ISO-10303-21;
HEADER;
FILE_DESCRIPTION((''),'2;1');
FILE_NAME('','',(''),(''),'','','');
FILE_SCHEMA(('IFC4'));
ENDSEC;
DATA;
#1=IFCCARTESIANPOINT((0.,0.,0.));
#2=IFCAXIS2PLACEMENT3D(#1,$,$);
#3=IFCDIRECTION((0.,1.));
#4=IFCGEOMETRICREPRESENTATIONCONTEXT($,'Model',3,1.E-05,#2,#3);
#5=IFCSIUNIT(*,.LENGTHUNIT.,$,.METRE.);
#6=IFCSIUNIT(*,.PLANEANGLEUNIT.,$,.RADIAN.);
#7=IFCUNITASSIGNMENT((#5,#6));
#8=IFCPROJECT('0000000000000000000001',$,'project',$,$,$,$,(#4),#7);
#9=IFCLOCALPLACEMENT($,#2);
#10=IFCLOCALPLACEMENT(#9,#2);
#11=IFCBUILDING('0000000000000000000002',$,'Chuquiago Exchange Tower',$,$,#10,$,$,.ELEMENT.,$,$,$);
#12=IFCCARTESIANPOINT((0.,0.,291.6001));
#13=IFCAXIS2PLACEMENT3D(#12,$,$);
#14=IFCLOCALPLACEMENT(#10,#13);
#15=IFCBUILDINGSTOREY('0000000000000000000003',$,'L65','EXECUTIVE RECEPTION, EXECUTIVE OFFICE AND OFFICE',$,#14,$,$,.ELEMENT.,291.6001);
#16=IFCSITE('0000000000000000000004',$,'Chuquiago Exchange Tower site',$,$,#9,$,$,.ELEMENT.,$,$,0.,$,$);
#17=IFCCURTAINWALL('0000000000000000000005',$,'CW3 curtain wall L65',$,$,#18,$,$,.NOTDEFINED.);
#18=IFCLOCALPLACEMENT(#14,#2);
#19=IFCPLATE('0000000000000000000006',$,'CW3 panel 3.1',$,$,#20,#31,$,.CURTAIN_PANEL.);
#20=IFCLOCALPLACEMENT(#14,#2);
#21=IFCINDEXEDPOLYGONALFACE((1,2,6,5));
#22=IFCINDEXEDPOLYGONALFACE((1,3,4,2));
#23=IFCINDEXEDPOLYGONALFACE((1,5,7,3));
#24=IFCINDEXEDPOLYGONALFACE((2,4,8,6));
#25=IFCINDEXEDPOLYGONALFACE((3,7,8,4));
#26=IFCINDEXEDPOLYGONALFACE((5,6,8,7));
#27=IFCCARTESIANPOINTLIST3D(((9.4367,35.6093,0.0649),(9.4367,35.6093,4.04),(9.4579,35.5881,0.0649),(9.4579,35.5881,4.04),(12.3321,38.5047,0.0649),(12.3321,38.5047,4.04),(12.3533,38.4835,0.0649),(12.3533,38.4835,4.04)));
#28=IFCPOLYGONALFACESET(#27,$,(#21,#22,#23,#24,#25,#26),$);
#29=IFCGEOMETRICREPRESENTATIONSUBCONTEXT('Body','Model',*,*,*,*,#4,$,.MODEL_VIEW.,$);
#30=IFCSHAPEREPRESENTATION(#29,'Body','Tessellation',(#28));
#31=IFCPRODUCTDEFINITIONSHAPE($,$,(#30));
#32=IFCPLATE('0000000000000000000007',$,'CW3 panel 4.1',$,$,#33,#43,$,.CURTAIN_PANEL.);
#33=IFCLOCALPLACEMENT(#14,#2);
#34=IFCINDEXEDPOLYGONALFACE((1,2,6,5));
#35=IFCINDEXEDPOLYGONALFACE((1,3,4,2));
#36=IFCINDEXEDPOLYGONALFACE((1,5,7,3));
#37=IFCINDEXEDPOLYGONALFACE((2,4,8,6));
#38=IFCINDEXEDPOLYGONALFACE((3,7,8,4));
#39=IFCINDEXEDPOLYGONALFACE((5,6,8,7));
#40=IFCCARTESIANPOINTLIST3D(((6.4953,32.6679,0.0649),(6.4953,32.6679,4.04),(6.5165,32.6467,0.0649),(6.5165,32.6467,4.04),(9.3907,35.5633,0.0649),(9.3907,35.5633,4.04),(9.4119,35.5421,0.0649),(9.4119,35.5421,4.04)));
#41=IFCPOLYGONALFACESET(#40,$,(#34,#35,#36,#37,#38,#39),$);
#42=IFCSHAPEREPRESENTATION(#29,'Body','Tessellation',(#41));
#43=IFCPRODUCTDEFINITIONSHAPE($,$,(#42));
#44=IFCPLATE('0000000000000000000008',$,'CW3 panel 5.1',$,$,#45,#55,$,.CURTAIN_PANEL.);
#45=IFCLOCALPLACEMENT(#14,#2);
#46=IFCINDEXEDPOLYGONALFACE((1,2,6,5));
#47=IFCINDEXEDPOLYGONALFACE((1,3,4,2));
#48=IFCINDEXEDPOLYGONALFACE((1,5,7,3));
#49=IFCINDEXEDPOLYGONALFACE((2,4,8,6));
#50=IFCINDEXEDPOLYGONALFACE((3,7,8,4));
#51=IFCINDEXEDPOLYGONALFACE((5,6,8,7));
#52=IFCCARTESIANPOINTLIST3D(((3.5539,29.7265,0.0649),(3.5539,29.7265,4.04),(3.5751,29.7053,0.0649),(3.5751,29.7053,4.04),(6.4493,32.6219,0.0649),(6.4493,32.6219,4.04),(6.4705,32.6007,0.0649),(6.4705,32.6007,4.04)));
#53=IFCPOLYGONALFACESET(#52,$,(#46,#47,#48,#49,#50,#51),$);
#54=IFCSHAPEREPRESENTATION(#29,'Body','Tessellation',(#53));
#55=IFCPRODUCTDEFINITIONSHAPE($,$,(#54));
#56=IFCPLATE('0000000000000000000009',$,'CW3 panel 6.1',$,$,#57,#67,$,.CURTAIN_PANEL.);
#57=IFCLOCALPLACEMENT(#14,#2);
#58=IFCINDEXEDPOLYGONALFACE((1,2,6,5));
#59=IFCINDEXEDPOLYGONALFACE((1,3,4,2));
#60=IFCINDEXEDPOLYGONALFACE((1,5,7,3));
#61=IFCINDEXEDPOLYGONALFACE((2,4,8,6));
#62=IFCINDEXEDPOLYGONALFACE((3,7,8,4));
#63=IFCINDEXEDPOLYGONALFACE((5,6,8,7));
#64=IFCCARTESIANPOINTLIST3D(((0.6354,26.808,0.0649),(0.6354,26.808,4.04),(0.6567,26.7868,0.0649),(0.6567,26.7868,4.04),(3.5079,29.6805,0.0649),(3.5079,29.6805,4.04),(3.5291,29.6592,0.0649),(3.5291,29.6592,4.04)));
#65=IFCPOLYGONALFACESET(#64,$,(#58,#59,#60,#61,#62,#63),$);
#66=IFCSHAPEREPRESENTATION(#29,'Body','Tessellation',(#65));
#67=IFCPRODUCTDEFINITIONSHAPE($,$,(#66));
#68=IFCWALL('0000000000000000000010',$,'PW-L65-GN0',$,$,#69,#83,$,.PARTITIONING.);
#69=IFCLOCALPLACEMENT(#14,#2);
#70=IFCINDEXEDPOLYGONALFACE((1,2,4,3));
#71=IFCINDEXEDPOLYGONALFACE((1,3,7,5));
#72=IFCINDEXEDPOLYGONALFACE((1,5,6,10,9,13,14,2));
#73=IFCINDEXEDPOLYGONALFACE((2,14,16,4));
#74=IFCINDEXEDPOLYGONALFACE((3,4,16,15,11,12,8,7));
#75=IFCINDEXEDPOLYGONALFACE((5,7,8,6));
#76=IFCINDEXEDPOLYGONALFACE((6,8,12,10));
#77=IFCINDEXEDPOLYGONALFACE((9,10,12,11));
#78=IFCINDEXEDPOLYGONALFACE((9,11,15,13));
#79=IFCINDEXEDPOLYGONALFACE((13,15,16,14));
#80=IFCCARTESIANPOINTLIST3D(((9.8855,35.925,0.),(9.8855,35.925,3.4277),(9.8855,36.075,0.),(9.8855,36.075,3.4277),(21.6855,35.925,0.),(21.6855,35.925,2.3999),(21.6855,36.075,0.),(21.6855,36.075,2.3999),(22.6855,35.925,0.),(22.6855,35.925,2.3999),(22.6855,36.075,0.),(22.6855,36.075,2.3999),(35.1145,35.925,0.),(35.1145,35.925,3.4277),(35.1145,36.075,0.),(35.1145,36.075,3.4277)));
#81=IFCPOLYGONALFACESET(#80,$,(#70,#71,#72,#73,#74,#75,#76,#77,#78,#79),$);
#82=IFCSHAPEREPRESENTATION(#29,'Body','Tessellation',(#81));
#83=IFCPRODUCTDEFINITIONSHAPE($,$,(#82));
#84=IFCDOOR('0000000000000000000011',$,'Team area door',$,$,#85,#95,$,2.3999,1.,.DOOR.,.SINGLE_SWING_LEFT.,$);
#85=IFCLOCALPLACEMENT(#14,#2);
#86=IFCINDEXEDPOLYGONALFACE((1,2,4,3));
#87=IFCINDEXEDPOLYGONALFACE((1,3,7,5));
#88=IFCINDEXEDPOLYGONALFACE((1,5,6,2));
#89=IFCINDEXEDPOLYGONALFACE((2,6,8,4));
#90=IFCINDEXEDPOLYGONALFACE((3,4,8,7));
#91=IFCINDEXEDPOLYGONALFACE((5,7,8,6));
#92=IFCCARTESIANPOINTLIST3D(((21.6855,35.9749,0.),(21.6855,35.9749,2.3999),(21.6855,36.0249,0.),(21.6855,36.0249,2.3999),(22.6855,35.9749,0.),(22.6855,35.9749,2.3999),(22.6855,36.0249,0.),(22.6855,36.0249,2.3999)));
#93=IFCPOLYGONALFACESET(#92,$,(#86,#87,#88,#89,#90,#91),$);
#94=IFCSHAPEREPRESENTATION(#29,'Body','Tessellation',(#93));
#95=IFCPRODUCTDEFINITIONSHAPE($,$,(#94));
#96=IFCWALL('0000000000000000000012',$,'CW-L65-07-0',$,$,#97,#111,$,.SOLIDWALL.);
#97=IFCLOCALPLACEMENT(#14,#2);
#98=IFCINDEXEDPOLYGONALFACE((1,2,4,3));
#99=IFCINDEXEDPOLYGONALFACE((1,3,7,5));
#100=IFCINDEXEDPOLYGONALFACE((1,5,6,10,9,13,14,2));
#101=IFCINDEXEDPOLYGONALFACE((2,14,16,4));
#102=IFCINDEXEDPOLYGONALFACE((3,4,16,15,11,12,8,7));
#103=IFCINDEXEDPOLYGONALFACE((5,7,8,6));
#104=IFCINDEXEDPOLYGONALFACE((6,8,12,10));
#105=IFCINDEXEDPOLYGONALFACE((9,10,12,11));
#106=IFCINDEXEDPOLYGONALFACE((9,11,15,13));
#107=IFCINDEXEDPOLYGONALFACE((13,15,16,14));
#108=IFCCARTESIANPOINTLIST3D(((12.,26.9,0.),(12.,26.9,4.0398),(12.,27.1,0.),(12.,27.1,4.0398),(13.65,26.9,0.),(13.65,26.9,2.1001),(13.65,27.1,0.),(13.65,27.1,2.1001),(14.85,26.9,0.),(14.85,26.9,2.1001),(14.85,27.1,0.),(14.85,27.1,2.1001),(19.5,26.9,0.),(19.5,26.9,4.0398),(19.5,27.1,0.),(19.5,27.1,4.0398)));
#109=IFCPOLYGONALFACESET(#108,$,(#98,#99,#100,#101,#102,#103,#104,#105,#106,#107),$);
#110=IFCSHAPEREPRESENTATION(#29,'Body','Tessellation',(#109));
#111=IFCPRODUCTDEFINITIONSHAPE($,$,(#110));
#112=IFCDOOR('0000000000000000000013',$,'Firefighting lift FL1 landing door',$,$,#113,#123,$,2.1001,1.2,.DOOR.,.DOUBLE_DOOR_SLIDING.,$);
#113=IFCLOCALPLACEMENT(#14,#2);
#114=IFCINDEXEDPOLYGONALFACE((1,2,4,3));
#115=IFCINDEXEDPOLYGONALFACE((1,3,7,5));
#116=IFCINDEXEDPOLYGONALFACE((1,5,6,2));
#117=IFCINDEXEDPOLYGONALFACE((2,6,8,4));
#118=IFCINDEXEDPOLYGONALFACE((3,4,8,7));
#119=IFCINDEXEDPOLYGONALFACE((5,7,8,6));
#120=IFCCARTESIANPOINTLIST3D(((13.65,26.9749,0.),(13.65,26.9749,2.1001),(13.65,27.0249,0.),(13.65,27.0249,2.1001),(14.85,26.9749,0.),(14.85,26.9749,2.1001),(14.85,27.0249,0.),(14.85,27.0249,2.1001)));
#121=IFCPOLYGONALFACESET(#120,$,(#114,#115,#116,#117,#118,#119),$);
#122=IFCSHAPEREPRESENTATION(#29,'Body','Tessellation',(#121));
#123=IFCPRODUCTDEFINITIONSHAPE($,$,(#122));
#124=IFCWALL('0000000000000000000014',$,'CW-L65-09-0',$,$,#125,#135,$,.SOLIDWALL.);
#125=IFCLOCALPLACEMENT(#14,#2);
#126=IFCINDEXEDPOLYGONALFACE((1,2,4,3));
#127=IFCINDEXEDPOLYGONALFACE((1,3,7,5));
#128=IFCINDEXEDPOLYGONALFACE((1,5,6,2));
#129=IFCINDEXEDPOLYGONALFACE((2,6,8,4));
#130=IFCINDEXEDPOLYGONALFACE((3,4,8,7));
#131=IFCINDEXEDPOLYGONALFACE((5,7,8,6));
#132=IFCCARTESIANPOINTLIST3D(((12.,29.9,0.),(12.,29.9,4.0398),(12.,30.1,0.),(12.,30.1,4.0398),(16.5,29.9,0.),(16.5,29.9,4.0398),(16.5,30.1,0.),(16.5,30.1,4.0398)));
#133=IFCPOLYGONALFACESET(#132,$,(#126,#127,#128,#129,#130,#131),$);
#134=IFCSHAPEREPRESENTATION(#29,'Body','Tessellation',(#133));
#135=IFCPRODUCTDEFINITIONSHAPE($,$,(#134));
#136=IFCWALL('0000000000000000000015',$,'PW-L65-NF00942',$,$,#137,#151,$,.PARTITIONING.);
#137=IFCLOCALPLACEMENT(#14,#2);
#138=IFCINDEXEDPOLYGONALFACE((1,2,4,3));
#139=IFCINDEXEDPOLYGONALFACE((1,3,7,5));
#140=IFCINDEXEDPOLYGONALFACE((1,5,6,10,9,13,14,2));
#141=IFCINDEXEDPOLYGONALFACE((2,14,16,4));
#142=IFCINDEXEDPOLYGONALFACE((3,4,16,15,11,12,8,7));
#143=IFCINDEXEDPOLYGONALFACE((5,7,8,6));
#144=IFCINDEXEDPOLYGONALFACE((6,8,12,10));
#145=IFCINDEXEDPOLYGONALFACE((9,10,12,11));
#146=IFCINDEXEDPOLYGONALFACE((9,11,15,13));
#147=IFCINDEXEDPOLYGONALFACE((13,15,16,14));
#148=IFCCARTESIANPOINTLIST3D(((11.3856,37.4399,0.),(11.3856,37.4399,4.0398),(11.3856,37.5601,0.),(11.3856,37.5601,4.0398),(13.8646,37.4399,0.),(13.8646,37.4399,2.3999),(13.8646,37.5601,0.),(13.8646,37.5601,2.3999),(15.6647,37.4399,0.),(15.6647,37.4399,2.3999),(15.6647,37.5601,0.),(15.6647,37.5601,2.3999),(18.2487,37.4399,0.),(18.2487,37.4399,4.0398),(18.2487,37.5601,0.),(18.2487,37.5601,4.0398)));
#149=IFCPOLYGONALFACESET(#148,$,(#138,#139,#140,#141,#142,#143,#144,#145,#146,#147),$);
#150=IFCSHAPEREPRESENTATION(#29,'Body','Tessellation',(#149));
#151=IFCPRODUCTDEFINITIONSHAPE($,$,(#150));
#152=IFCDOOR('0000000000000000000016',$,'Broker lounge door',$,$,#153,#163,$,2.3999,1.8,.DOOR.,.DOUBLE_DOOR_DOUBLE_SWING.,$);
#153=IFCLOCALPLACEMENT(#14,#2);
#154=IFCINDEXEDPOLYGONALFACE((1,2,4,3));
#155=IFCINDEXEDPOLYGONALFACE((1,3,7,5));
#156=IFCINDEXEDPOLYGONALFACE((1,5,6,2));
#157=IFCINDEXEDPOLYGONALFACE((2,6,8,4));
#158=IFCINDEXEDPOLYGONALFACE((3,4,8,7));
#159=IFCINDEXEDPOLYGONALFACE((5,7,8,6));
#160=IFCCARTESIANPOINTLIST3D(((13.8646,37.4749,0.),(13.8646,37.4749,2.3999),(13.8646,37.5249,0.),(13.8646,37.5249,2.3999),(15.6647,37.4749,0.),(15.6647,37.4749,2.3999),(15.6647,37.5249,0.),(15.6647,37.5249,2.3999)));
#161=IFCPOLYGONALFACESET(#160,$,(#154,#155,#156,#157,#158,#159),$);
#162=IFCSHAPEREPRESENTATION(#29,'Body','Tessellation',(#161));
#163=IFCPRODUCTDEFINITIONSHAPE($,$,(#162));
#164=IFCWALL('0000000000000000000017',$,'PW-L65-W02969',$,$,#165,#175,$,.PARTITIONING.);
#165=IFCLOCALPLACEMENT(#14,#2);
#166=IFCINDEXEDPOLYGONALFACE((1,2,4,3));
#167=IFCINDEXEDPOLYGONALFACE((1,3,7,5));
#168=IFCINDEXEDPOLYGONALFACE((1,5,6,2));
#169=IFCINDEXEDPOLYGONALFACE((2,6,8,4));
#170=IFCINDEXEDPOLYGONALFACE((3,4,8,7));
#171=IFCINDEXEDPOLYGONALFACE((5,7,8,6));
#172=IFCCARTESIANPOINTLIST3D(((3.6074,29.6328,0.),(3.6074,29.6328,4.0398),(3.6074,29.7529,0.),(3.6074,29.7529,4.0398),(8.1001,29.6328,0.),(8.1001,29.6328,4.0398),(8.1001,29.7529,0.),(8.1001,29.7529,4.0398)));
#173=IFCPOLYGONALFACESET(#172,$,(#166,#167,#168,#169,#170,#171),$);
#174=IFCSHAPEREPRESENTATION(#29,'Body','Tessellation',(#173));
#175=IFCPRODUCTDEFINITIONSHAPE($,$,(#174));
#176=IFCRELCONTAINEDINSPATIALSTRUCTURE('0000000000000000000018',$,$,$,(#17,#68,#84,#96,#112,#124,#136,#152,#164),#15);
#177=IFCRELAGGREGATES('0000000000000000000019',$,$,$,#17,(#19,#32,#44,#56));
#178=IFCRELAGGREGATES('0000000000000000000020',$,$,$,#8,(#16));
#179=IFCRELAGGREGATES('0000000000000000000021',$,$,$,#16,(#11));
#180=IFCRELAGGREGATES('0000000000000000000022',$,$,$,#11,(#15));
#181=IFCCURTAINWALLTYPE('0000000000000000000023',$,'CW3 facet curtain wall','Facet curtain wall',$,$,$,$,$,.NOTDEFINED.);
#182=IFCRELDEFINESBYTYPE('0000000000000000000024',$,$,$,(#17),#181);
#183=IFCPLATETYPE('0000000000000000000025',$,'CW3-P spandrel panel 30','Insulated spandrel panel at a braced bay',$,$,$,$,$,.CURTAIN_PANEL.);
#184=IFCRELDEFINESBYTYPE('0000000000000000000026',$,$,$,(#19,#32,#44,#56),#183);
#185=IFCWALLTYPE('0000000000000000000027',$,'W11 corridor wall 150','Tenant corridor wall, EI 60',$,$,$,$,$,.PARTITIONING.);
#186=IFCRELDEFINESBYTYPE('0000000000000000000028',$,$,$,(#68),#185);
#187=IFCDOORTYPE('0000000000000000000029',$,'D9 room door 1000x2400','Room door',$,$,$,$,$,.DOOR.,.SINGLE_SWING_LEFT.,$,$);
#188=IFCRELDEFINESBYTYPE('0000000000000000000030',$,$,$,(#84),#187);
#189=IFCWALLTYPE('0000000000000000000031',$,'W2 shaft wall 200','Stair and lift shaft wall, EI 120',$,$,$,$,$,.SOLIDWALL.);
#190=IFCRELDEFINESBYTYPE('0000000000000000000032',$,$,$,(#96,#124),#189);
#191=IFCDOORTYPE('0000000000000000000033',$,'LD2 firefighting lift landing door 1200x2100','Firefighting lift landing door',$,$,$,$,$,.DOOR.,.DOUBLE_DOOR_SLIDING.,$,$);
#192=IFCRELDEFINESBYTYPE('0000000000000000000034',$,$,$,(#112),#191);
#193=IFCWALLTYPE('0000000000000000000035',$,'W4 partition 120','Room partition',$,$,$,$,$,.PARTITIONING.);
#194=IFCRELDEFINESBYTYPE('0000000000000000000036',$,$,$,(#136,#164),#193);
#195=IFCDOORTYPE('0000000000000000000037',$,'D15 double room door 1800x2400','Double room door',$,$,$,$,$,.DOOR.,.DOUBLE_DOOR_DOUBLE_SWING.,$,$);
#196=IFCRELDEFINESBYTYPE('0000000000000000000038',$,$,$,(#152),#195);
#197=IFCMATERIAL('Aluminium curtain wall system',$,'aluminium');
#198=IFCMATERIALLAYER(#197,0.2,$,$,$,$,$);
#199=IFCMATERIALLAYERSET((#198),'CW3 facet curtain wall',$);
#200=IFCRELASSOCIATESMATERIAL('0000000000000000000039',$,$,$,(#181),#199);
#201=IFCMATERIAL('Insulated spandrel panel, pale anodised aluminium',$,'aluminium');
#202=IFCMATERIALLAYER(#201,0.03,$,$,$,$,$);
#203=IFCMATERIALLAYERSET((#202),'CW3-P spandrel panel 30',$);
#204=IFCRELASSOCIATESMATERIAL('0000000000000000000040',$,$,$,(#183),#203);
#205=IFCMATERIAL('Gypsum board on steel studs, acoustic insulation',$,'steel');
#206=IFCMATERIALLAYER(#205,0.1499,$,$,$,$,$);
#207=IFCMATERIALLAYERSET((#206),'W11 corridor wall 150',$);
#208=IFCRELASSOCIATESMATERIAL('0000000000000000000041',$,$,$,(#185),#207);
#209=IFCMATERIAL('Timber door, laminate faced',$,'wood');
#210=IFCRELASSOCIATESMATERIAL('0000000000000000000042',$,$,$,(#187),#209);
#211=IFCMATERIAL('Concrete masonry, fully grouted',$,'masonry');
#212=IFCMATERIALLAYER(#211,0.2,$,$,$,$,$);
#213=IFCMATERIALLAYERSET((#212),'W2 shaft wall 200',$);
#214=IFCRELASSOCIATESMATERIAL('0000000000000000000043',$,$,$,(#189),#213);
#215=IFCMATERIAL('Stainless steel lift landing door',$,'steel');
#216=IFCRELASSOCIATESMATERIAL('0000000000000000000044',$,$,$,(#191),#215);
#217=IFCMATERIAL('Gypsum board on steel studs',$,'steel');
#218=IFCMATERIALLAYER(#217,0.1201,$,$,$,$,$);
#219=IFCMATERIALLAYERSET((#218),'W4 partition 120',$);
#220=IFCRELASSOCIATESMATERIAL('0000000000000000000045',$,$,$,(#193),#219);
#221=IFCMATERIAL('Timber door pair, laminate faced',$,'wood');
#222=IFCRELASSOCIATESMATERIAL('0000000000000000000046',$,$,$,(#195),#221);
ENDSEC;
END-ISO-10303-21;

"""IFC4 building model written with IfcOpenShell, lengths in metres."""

from ifc_helpers import new_model, si_unit, direction, frame, frame_2d, origin, origin_2d, place, context, subcontext, project, spatial, rectangle, extrude, material, layer, layer_set, type_object, element, fill, aggregate, save


model = new_model("IFC4")

# Units and contexts
model_context = context("Model", 3, precision=1e-05, world=origin(), true_north=direction((0.0, 1.0)))
body_context = subcontext(model_context, "Body", "Model", "MODEL_VIEW")
ifc_project = project(units=[si_unit("LENGTHUNIT", "METRE"), si_unit("PLANEANGLEUNIT", "RADIAN")], contexts=[model_context])

# Site, building, storey
site_placement = place(None, origin())
site = spatial("IfcSite", under=ifc_project, at=site_placement, Name="Chuquiago Exchange Tower site", CompositionType="ELEMENT", RefElevation=0.0)
building_placement = place(site_placement, origin())
building = spatial("IfcBuilding", under=site, at=building_placement, Name="Chuquiago Exchange Tower", CompositionType="ELEMENT")
storey_placement = place(building_placement, frame((0.0, 0.0, 291.6001)))
storey = spatial("IfcBuildingStorey", under=building, at=storey_placement, Name="L65", Description="EXECUTIVE RECEPTION, EXECUTIVE OFFICE AND OFFICE", CompositionType="ELEMENT", Elevation=291.6001)

# Curtain wall
ifc_material_1 = material(Name="Aluminium curtain wall system", Category="aluminium")
ifc_layer_1 = layer(ifc_material_1, 0.2)
ifc_layer_set_1 = layer_set([ifc_layer_1], Name="CW3 facet curtain wall")
curtain_wall_type = type_object("IfcCurtainWallType", Name="CW3 facet curtain wall", Description="Facet curtain wall", PredefinedType="NOTDEFINED", material=ifc_layer_set_1)
curtain_wall_placement = place(storey_placement, origin())
curtain_wall = element("IfcCurtainWall", 1, at=curtain_wall_placement, inside=storey, type_object=curtain_wall_type, Name="CW3 curtain wall L65", PredefinedType="NOTDEFINED")

# Plates
ifc_material_2 = material(Name="Insulated spandrel panel, pale anodised aluminium", Category="aluminium")
ifc_layer_2 = layer(ifc_material_2, 0.03)
ifc_layer_set_2 = layer_set([ifc_layer_2], Name="CW3-P spandrel panel 30")
plate_type = type_object("IfcPlateType", Name="CW3-P spandrel panel 30", Description="Insulated spandrel panel at a braced bay", PredefinedType="CURTAIN_PANEL", material=ifc_layer_set_2)
plate_1_placement = place(storey_placement, frame((10.895, 37.0464, 0.0649), z_axis=(0.0, 0.0, 1.0), x_axis=(-0.707107, -0.707107, 0.0)))
plate_1 = element("IfcPlate", 2, at=plate_1_placement, type_object=plate_type, Name="CW3 panel 3.1", PredefinedType="CURTAIN_PANEL", context=body_context, shape_type="SweptSolid", body=[
    extrude(rectangle(XDim=4.0947, YDim=0.03, at=origin_2d()), origin(), (0.0, 0.0, 1.0), 3.9751),
])
plate_2_placement = place(storey_placement, frame((7.9536, 34.105, 0.0649), z_axis=(0.0, 0.0, 1.0), x_axis=(-0.707107, -0.707107, 0.0)))
plate_2 = element("IfcPlate", 3, at=plate_2_placement, type_object=plate_type, Name="CW3 panel 4.1", PredefinedType="CURTAIN_PANEL", context=body_context, shape_type="SweptSolid", body=[
    extrude(rectangle(XDim=4.0947, YDim=0.03, at=origin_2d()), origin(), (0.0, 0.0, 1.0), 3.9751),
])
plate_3_placement = place(storey_placement, frame((5.0122, 31.1636, 0.0649), z_axis=(0.0, 0.0, 1.0), x_axis=(-0.707107, -0.707107, 0.0)))
plate_3 = element("IfcPlate", 4, at=plate_3_placement, type_object=plate_type, Name="CW3 panel 5.1", PredefinedType="CURTAIN_PANEL", context=body_context, shape_type="SweptSolid", body=[
    extrude(rectangle(XDim=4.0947, YDim=0.03, at=origin_2d()), origin(), (0.0, 0.0, 1.0), 3.9751),
])
plate_4_placement = place(storey_placement, frame((2.0823, 28.2336, 0.0649), z_axis=(0.0, 0.0, 1.0), x_axis=(-0.707107, -0.707107, 0.0)))
plate_4 = element("IfcPlate", 5, at=plate_4_placement, type_object=plate_type, Name="CW3 panel 6.1", PredefinedType="CURTAIN_PANEL", context=body_context, shape_type="SweptSolid", body=[
    extrude(rectangle(XDim=4.0623, YDim=0.03, at=origin_2d()), origin(), (0.0, 0.0, 1.0), 3.9751),
])
aggregate(curtain_wall, [plate_1, plate_2, plate_3, plate_4])

# Walls, openings, doors
ifc_material_3 = material(Name="Gypsum board on steel studs, acoustic insulation", Category="steel")
ifc_layer_3 = layer(ifc_material_3, 0.1499)
ifc_layer_set_3 = layer_set([ifc_layer_3], Name="W11 corridor wall 150")
wall_type_1 = type_object("IfcWallType", Name="W11 corridor wall 150", Description="Tenant corridor wall, EI 60", PredefinedType="PARTITIONING", material=ifc_layer_set_3)
wall_1_placement = place(storey_placement, frame((9.8855, 36.0, 0.0), z_axis=(0.0, 0.0, 1.0), x_axis=(1.0, 0.0, 0.0)))
wall_1 = element("IfcWall", 6, at=wall_1_placement, inside=storey, type_object=wall_type_1, Name="PW-L65-GN0", PredefinedType="PARTITIONING", context=body_context, shape_type="SweptSolid", body=[
    extrude(rectangle(XDim=25.229, YDim=0.1499, at=frame_2d((12.6145, 0.0))), origin(), (0.0, 0.0, 1.0), 3.4277),
])
opening_1_placement = place(wall_1_placement, frame((11.8, 0.0, 0.0)))
opening_1 = element("IfcOpeningElement", 7, at=opening_1_placement, cuts=wall_1, PredefinedType="OPENING", context=body_context, shape_type="SweptSolid", body=[
    extrude(rectangle(XDim=1.0, YDim=2.3999, at=frame_2d((0.5, 1.2))), frame((0.0, 0.085, 0.0), z_axis=(0.0, -1.0, 0.0), x_axis=(1.0, 0.0, 0.0)), (0.0, 0.0, 1.0), 0.1699),
])
ifc_material_4 = material(Name="Timber door, laminate faced", Category="wood")
door_type_1 = type_object("IfcDoorType", Name="D9 room door 1000x2400", Description="Room door", OperationType="SINGLE_SWING_LEFT", PredefinedType="DOOR", material=ifc_material_4)
door_1_placement = place(opening_1_placement, origin())
door_1 = element("IfcDoor", 8, at=door_1_placement, inside=storey, type_object=door_type_1, Name="Team area door", OperationType="SINGLE_SWING_LEFT", OverallHeight=2.3999, OverallWidth=1.0, PredefinedType="DOOR", context=body_context, shape_type="SweptSolid", body=[
    extrude(rectangle(XDim=1.0, YDim=2.3999, at=frame_2d((0.5, 1.2))), frame((0.0, 0.0249, 0.0), z_axis=(0.0, -1.0, 0.0), x_axis=(1.0, 0.0, 0.0)), (0.0, 0.0, 1.0), 0.05),
])
fill(opening_1, door_1)
ifc_material_5 = material(Name="Concrete masonry, fully grouted", Category="masonry")
ifc_layer_4 = layer(ifc_material_5, 0.2)
ifc_layer_set_4 = layer_set([ifc_layer_4], Name="W2 shaft wall 200")
wall_type_2 = type_object("IfcWallType", Name="W2 shaft wall 200", Description="Stair and lift shaft wall, EI 120", PredefinedType="SOLIDWALL", material=ifc_layer_set_4)
wall_2_placement = place(storey_placement, frame((12.0, 27.0, 0.0), z_axis=(0.0, 0.0, 1.0), x_axis=(1.0, 0.0, 0.0)))
wall_2 = element("IfcWall", 9, at=wall_2_placement, inside=storey, type_object=wall_type_2, Name="CW-L65-07-0", PredefinedType="SOLIDWALL", context=body_context, shape_type="SweptSolid", body=[
    extrude(rectangle(XDim=7.5, YDim=0.2, at=frame_2d((3.75, 0.0))), origin(), (0.0, 0.0, 1.0), 4.0398),
])
opening_2_placement = place(wall_2_placement, frame((1.6499, 0.0, 0.0)))
opening_2 = element("IfcOpeningElement", 10, at=opening_2_placement, cuts=wall_2, PredefinedType="OPENING", context=body_context, shape_type="SweptSolid", body=[
    extrude(rectangle(XDim=1.2, YDim=2.1001, at=frame_2d((0.6001, 1.05))), frame((0.0, 0.1099, 0.0), z_axis=(0.0, -1.0, 0.0), x_axis=(1.0, 0.0, 0.0)), (0.0, 0.0, 1.0), 0.22),
])
ifc_material_6 = material(Name="Stainless steel lift landing door", Category="steel")
door_type_2 = type_object("IfcDoorType", Name="LD2 firefighting lift landing door 1200x2100", Description="Firefighting lift landing door", OperationType="DOUBLE_DOOR_SLIDING", PredefinedType="DOOR", material=ifc_material_6)
door_2_placement = place(opening_2_placement, origin())
door_2 = element("IfcDoor", 11, at=door_2_placement, inside=storey, type_object=door_type_2, Name="Firefighting lift FL1 landing door", OperationType="DOUBLE_DOOR_SLIDING", OverallHeight=2.1001, OverallWidth=1.2, PredefinedType="DOOR", context=body_context, shape_type="SweptSolid", body=[
    extrude(rectangle(XDim=1.2, YDim=2.1001, at=frame_2d((0.6001, 1.05))), frame((0.0, 0.0249, 0.0), z_axis=(0.0, -1.0, 0.0), x_axis=(1.0, 0.0, 0.0)), (0.0, 0.0, 1.0), 0.05),
])
fill(opening_2, door_2)

# Wall
wall_3_placement = place(storey_placement, frame((12.0, 30.0, 0.0), z_axis=(0.0, 0.0, 1.0), x_axis=(1.0, 0.0, 0.0)))
element("IfcWall", 12, at=wall_3_placement, inside=storey, type_object=wall_type_2, Name="CW-L65-09-0", PredefinedType="SOLIDWALL", context=body_context, shape_type="SweptSolid", body=[
    extrude(rectangle(XDim=4.5, YDim=0.2, at=frame_2d((2.25, 0.0))), origin(), (0.0, 0.0, 1.0), 4.0398),
])

# Wall, opening, door
ifc_material_7 = material(Name="Gypsum board on steel studs", Category="steel")
ifc_layer_5 = layer(ifc_material_7, 0.1201)
ifc_layer_set_5 = layer_set([ifc_layer_5], Name="W4 partition 120")
wall_type_3 = type_object("IfcWallType", Name="W4 partition 120", Description="Room partition", PredefinedType="PARTITIONING", material=ifc_layer_set_5)
wall_4_placement = place(storey_placement, frame((11.3855, 37.5, 0.0), z_axis=(0.0, 0.0, 1.0), x_axis=(1.0, 0.0, 0.0)))
wall_4 = element("IfcWall", 13, at=wall_4_placement, inside=storey, type_object=wall_type_3, Name="PW-L65-NF00942", PredefinedType="PARTITIONING", context=body_context, shape_type="SweptSolid", body=[
    extrude(rectangle(XDim=6.863, YDim=0.1201, at=frame_2d((3.4316, 0.0))), origin(), (0.0, 0.0, 1.0), 4.0398),
])
opening_3_placement = place(wall_4_placement, frame((2.4792, 0.0, 0.0)))
opening_3 = element("IfcOpeningElement", 14, at=opening_3_placement, cuts=wall_4, PredefinedType="OPENING", context=body_context, shape_type="SweptSolid", body=[
    extrude(rectangle(XDim=1.8, YDim=2.3999, at=frame_2d((0.8999, 1.2))), frame((0.0, 0.0701, 0.0), z_axis=(0.0, -1.0, 0.0), x_axis=(1.0, 0.0, 0.0)), (0.0, 0.0, 1.0), 0.1401),
])
ifc_material_8 = material(Name="Timber door pair, laminate faced", Category="wood")
door_type_3 = type_object("IfcDoorType", Name="D15 double room door 1800x2400", Description="Double room door", OperationType="DOUBLE_DOOR_DOUBLE_SWING", PredefinedType="DOOR", material=ifc_material_8)
door_3_placement = place(opening_3_placement, origin())
door_3 = element("IfcDoor", 15, at=door_3_placement, inside=storey, type_object=door_type_3, Name="Broker lounge door", OperationType="DOUBLE_DOOR_DOUBLE_SWING", OverallHeight=2.3999, OverallWidth=1.8, PredefinedType="DOOR", context=body_context, shape_type="SweptSolid", body=[
    extrude(rectangle(XDim=1.8, YDim=2.3999, at=frame_2d((0.8999, 1.2))), frame((0.0, 0.0249, 0.0), z_axis=(0.0, -1.0, 0.0), x_axis=(1.0, 0.0, 0.0)), (0.0, 0.0, 1.0), 0.05),
])
fill(opening_3, door_3)

# Wall
wall_5_placement = place(storey_placement, frame((3.6074, 29.6929, 0.0), z_axis=(0.0, 0.0, 1.0), x_axis=(1.0, 0.0, 0.0)))
element("IfcWall", 16, at=wall_5_placement, inside=storey, type_object=wall_type_3, Name="PW-L65-W02969", PredefinedType="PARTITIONING", context=body_context, shape_type="SweptSolid", body=[
    extrude(rectangle(XDim=4.4927, YDim=0.1201, at=frame_2d((2.2463, 0.0))), origin(), (0.0, 0.0, 1.0), 4.0398),
])

save(model, "model.ifc")
